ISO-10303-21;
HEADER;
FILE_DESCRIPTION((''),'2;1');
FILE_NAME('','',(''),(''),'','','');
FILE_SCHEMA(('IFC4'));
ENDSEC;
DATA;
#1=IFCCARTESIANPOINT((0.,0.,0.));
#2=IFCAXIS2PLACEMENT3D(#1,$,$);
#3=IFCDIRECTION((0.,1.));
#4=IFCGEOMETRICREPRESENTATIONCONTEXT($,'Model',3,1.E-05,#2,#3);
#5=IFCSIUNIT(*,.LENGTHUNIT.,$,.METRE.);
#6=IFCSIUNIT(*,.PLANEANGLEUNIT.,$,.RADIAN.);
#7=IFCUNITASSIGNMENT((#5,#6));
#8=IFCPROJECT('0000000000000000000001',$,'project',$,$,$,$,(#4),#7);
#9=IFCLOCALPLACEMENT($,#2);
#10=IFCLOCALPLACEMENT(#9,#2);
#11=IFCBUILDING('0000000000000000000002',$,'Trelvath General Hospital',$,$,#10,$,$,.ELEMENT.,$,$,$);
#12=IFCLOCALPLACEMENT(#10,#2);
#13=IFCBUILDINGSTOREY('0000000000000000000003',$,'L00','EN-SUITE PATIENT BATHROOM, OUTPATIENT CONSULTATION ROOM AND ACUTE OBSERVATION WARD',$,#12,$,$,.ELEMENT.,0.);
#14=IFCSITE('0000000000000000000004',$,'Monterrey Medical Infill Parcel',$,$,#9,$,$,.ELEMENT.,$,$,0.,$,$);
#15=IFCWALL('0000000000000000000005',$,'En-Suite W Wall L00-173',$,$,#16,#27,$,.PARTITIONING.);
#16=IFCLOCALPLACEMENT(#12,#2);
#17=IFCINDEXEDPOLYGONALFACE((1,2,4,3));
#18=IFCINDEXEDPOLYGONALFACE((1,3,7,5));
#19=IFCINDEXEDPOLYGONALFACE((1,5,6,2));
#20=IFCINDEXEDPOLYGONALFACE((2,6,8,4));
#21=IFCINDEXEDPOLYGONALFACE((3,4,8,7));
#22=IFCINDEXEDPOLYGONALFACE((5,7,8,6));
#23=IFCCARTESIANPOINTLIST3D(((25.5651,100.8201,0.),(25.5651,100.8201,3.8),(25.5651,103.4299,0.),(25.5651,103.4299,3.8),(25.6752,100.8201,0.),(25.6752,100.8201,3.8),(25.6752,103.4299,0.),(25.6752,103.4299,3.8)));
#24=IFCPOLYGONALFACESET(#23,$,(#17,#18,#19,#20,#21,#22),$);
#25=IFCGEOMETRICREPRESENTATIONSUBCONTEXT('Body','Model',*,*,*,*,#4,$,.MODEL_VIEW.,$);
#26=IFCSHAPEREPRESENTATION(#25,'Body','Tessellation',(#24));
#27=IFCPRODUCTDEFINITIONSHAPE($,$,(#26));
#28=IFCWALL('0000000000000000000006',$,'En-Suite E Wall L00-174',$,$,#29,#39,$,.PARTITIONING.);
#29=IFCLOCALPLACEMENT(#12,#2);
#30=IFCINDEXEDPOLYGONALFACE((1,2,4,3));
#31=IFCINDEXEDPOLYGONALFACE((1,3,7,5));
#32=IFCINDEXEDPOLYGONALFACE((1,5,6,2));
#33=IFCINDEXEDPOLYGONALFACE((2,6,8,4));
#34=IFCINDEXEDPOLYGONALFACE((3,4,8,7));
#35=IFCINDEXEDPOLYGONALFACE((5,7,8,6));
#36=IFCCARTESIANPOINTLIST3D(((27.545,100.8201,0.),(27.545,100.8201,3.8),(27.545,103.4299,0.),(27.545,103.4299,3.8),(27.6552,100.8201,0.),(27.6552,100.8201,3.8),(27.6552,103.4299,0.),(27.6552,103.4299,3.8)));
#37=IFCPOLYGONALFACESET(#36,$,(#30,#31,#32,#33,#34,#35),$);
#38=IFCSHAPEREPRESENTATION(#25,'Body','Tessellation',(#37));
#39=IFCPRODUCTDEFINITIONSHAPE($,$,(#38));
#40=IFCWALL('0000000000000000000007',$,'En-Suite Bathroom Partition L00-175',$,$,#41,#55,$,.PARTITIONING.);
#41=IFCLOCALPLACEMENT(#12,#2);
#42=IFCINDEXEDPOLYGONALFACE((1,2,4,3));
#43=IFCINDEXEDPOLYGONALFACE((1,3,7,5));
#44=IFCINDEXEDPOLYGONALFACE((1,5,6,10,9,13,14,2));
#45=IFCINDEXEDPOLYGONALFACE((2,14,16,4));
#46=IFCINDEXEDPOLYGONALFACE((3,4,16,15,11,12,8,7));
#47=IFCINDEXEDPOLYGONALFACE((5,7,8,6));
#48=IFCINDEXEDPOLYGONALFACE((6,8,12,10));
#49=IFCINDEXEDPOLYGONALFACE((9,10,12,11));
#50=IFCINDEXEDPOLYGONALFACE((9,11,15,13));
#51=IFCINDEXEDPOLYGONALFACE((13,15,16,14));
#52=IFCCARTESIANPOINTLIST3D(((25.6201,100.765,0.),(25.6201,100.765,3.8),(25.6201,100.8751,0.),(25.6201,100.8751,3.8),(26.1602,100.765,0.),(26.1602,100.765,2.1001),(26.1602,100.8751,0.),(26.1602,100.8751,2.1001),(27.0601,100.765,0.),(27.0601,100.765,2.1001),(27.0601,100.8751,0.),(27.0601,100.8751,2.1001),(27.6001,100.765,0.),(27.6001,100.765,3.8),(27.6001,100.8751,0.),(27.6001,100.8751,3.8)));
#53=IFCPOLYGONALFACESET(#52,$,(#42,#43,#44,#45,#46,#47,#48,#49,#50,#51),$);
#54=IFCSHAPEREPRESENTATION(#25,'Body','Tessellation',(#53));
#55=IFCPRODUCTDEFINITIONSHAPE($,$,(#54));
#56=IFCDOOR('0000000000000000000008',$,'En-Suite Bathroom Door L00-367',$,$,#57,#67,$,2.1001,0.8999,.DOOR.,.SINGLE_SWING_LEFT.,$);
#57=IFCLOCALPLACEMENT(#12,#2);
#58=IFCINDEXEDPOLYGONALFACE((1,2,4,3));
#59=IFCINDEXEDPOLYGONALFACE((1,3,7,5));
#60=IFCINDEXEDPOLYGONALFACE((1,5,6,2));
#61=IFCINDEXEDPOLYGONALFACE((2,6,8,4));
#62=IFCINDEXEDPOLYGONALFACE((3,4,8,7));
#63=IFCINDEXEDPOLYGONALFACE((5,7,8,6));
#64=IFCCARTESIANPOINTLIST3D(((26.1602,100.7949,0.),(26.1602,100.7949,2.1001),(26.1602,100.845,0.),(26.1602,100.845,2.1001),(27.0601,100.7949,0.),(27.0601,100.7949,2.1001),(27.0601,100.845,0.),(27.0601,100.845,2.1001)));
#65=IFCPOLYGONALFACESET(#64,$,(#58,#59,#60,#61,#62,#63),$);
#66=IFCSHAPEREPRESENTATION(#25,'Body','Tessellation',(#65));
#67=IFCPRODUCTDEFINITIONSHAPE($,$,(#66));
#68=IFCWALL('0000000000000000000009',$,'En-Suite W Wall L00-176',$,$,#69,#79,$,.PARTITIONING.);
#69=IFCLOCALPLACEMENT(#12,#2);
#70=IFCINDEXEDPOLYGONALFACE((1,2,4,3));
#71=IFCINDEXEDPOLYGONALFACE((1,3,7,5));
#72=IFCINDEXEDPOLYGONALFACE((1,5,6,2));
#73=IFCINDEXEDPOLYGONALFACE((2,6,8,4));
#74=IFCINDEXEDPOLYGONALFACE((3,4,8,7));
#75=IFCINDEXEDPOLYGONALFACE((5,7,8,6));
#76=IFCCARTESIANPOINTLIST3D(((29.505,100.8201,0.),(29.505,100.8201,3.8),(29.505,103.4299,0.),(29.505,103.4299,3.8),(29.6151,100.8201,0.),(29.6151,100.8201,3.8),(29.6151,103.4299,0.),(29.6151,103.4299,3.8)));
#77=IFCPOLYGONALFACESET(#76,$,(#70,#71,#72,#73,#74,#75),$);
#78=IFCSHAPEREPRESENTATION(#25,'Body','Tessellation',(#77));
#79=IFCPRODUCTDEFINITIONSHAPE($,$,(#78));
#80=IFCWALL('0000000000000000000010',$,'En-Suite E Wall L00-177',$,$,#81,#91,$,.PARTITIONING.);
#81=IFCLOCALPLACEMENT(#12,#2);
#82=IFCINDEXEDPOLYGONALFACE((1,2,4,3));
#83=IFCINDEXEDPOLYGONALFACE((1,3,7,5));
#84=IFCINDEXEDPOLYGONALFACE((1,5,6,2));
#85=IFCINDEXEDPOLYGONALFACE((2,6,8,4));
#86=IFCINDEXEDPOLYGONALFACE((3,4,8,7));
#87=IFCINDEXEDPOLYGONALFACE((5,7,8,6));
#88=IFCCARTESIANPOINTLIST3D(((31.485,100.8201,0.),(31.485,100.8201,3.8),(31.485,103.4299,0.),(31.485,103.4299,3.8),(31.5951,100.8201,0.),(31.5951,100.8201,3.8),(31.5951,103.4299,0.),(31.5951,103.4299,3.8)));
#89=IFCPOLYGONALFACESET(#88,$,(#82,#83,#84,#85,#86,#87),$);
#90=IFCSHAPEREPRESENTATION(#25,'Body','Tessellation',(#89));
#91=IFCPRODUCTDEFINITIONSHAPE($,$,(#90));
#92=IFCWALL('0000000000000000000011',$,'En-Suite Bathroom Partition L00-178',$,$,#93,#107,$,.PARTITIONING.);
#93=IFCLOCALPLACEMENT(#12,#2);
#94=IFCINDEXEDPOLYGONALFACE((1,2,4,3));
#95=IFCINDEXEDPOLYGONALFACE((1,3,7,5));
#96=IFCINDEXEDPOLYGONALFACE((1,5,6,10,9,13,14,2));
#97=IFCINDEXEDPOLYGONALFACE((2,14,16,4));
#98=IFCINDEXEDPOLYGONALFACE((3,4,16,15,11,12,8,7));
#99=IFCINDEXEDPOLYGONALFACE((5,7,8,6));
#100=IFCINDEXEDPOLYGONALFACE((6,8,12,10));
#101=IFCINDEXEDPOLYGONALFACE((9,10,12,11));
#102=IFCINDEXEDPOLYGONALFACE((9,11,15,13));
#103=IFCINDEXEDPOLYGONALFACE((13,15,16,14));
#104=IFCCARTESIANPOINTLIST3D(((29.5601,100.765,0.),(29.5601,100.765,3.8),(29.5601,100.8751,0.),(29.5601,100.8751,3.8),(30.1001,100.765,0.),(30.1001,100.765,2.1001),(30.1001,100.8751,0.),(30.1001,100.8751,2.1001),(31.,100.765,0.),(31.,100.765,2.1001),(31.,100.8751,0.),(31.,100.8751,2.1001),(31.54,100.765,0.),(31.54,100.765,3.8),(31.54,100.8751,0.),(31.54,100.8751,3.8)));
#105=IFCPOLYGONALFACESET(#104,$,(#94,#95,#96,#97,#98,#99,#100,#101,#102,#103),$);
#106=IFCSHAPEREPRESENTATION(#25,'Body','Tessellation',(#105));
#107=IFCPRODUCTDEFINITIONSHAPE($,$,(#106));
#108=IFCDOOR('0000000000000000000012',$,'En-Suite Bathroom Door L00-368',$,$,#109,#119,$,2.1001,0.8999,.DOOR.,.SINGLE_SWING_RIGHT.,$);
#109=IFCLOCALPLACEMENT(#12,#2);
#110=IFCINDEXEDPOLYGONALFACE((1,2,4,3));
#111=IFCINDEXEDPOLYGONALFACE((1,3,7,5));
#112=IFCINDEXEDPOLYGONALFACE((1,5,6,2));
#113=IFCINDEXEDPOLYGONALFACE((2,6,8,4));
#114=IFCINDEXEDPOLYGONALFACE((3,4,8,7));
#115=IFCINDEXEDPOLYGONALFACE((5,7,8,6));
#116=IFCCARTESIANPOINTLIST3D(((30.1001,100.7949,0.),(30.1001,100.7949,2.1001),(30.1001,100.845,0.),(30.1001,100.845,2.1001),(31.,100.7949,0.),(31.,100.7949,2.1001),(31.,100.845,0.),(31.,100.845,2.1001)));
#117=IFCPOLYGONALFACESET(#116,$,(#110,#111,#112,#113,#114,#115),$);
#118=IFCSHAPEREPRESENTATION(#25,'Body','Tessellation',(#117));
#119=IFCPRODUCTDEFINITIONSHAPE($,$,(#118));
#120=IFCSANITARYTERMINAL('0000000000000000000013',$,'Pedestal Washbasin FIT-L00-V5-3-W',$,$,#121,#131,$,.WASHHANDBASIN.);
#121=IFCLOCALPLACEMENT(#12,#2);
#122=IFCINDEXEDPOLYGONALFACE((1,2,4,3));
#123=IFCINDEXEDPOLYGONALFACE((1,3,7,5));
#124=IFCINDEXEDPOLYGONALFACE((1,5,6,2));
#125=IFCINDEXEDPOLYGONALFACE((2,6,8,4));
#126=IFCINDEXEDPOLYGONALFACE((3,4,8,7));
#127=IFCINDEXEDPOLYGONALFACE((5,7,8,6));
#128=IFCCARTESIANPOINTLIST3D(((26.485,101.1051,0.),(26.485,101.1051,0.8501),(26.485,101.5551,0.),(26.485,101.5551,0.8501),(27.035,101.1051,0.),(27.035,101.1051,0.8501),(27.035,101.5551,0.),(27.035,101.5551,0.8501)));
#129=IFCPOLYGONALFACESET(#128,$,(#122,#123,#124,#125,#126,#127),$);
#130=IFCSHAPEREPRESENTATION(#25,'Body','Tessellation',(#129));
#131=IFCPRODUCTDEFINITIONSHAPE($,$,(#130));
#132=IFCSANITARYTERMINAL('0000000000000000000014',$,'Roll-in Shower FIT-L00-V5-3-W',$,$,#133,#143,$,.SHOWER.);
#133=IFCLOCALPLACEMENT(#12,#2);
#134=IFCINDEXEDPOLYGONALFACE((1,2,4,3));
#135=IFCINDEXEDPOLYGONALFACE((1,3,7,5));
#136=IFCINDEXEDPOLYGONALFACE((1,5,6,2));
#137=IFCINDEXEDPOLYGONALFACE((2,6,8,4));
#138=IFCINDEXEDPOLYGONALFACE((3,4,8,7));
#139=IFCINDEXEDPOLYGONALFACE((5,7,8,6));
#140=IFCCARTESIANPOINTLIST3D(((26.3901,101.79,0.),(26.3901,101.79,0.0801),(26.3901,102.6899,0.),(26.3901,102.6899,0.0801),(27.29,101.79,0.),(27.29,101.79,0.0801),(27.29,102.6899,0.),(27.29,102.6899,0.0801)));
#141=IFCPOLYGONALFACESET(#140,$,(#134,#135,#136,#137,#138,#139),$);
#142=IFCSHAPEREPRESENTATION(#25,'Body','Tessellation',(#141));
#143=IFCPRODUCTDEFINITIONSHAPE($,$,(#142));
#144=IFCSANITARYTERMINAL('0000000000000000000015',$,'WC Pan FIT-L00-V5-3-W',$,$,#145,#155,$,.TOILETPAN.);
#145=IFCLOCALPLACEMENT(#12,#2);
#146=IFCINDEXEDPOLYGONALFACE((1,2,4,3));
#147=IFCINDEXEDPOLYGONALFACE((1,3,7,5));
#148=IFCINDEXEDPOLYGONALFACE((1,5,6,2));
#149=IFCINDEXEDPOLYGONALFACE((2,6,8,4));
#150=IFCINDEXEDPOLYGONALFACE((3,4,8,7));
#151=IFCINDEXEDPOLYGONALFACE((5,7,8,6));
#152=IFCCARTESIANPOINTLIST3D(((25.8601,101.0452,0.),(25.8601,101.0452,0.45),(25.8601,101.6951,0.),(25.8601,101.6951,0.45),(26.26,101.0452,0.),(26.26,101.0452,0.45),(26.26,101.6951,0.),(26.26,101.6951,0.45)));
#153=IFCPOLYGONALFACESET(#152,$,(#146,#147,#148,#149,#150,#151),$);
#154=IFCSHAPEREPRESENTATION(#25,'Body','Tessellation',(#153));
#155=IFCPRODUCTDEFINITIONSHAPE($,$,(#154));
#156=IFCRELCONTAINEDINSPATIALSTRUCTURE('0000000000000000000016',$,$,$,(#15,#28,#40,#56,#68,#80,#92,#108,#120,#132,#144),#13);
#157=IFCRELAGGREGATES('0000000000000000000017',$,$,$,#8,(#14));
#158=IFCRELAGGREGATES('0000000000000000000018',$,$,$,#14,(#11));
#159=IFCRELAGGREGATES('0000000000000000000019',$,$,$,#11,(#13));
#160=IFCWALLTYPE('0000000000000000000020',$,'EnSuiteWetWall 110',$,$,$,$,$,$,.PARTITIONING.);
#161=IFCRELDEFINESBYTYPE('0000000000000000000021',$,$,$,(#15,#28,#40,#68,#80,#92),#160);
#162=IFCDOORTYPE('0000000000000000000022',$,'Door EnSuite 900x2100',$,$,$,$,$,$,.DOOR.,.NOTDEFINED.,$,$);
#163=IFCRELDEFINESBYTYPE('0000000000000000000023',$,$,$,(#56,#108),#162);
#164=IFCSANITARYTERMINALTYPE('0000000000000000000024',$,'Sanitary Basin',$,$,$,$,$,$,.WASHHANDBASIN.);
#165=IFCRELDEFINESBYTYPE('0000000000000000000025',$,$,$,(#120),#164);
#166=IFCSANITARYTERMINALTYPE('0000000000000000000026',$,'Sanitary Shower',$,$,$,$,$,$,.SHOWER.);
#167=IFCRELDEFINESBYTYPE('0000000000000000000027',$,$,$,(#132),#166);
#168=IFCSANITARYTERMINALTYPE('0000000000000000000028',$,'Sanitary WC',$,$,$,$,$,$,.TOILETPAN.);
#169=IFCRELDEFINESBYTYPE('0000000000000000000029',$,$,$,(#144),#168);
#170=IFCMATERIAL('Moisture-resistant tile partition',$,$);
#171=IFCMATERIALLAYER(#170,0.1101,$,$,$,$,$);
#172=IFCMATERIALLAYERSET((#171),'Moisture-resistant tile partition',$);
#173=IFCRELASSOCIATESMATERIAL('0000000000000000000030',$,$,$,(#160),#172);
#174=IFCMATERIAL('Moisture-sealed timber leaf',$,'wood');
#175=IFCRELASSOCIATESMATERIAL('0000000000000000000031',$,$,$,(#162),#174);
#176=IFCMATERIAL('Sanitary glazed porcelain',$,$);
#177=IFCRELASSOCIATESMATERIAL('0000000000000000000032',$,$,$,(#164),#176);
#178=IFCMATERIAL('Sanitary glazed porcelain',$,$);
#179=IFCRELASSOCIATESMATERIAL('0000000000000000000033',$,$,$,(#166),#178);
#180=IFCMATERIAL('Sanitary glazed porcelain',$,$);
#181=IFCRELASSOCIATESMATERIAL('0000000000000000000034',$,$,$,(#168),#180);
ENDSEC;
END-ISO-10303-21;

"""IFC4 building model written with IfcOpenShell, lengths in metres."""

from ifc_helpers import new_model, si_unit, direction, frame, frame_2d, origin, origin_2d, place, context, subcontext, project, spatial, rectangle, extrude, material, layer, layer_set, type_object, element, fill, save


model = new_model("IFC4")

# Units and contexts
model_context = context("Model", 3, precision=1e-05, world=origin(), true_north=direction((0.0, 1.0)))
body_context = subcontext(model_context, "Body", "Model", "MODEL_VIEW")
ifc_project = project(units=[si_unit("LENGTHUNIT", "METRE"), si_unit("PLANEANGLEUNIT", "RADIAN")], contexts=[model_context])

# Site, building, storey
site_placement = place(None, origin())
site = spatial("IfcSite", under=ifc_project, at=site_placement, Name="Monterrey Medical Infill Parcel", CompositionType="ELEMENT", RefElevation=0.0)
building_placement = place(site_placement, origin())
building = spatial("IfcBuilding", under=site, at=building_placement, Name="Trelvath General Hospital", CompositionType="ELEMENT")
storey_placement = place(building_placement, origin())
storey = spatial("IfcBuildingStorey", under=building, at=storey_placement, Name="L00", Description="EN-SUITE PATIENT BATHROOM, OUTPATIENT CONSULTATION ROOM AND ACUTE OBSERVATION WARD", CompositionType="ELEMENT", Elevation=0.0)

# Walls
ifc_material_1 = material(Name="Moisture-resistant tile partition")
ifc_layer_1 = layer(ifc_material_1, 0.1101)
ifc_layer_set_1 = layer_set([ifc_layer_1], Name="Moisture-resistant tile partition")
wall_type_1 = type_object("IfcWallType", Name="EnSuiteWetWall 110", PredefinedType="PARTITIONING", material=ifc_layer_set_1)
for number, where, z_axis, x_axis, name in (
    (1, (25.6201, 100.8201, 0.0), (0.0, 0.0, 1.0), (0.0, 1.0, 0.0), "En-Suite W Wall L00-173"),
    (2, (27.6001, 100.8201, 0.0), (0.0, 0.0, 1.0), (0.0, 1.0, 0.0), "En-Suite E Wall L00-174"),
):
    element("IfcWall", number, at=place(storey_placement, frame(where, z_axis=z_axis, x_axis=x_axis)), inside=storey, type_object=wall_type_1, Name=name, PredefinedType="PARTITIONING", context=body_context, shape_type="SweptSolid", body=[
        extrude(rectangle(XDim=2.6099, YDim=0.1101, at=frame_2d((1.3049, 0.0))), origin(), (0.0, 0.0, 1.0), 3.8),
    ])

# Wall, opening, door
wall_1_placement = place(storey_placement, frame((25.6201, 100.8201, 0.0), z_axis=(0.0, 0.0, 1.0), x_axis=(1.0, 0.0, 0.0)))
wall_1 = element("IfcWall", 3, at=wall_1_placement, inside=storey, type_object=wall_type_1, Name="En-Suite Bathroom Partition L00-175", PredefinedType="PARTITIONING", context=body_context, shape_type="SweptSolid", body=[
    extrude(rectangle(XDim=1.98, YDim=0.1101, at=frame_2d((0.99, 0.0))), origin(), (0.0, 0.0, 1.0), 3.8),
])
opening_1_placement = place(wall_1_placement, frame((0.54, 0.0, 0.0)))
opening_1 = element("IfcOpeningElement", 4, at=opening_1_placement, cuts=wall_1, PredefinedType="OPENING", context=body_context, shape_type="SweptSolid", body=[
    extrude(rectangle(XDim=0.8999, YDim=2.1001, at=frame_2d((0.45, 1.05))), frame((0.0, 0.0649, 0.0), z_axis=(0.0, -1.0, 0.0), x_axis=(1.0, 0.0, 0.0)), (0.0, 0.0, 1.0), 0.1301),
])
ifc_material_2 = material(Name="Moisture-sealed timber leaf", Category="wood")
door_type_1 = type_object("IfcDoorType", Name="Door EnSuite 900x2100", OperationType="NOTDEFINED", PredefinedType="DOOR", material=ifc_material_2)
door_1_placement = place(opening_1_placement, origin())
door_1 = element("IfcDoor", 5, at=door_1_placement, inside=storey, type_object=door_type_1, Name="En-Suite Bathroom Door L00-367", OperationType="SINGLE_SWING_LEFT", OverallHeight=2.1001, OverallWidth=0.8999, PredefinedType="DOOR", context=body_context, shape_type="SweptSolid", body=[
    extrude(rectangle(XDim=0.8999, YDim=2.1001, at=frame_2d((0.45, 1.05))), frame((0.0, 0.0249, 0.0), z_axis=(0.0, -1.0, 0.0), x_axis=(1.0, 0.0, 0.0)), (0.0, 0.0, 1.0), 0.05),
])
fill(opening_1, door_1)

# Walls
for number, where, z_axis, x_axis, name in (
    (6, (29.5601, 100.8201, 0.0), (0.0, 0.0, 1.0), (0.0, 1.0, 0.0), "En-Suite W Wall L00-176"),
    (7, (31.54, 100.8201, 0.0), (0.0, 0.0, 1.0), (0.0, 1.0, 0.0), "En-Suite E Wall L00-177"),
):
    element("IfcWall", number, at=place(storey_placement, frame(where, z_axis=z_axis, x_axis=x_axis)), inside=storey, type_object=wall_type_1, Name=name, PredefinedType="PARTITIONING", context=body_context, shape_type="SweptSolid", body=[
        extrude(rectangle(XDim=2.6099, YDim=0.1101, at=frame_2d((1.3049, 0.0))), origin(), (0.0, 0.0, 1.0), 3.8),
    ])

# Wall, opening, door
wall_2_placement = place(storey_placement, frame((29.5601, 100.8201, 0.0), z_axis=(0.0, 0.0, 1.0), x_axis=(1.0, 0.0, 0.0)))
wall_2 = element("IfcWall", 8, at=wall_2_placement, inside=storey, type_object=wall_type_1, Name="En-Suite Bathroom Partition L00-178", PredefinedType="PARTITIONING", context=body_context, shape_type="SweptSolid", body=[
    extrude(rectangle(XDim=1.98, YDim=0.1101, at=frame_2d((0.99, 0.0))), origin(), (0.0, 0.0, 1.0), 3.8),
])
opening_2_placement = place(wall_2_placement, frame((0.54, 0.0, 0.0)))
opening_2 = element("IfcOpeningElement", 9, at=opening_2_placement, cuts=wall_2, PredefinedType="OPENING", context=body_context, shape_type="SweptSolid", body=[
    extrude(rectangle(XDim=0.8999, YDim=2.1001, at=frame_2d((0.45, 1.05))), frame((0.0, 0.0649, 0.0), z_axis=(0.0, -1.0, 0.0), x_axis=(1.0, 0.0, 0.0)), (0.0, 0.0, 1.0), 0.1301),
])
door_2_placement = place(opening_2_placement, origin())
door_2 = element("IfcDoor", 10, at=door_2_placement, inside=storey, type_object=door_type_1, Name="En-Suite Bathroom Door L00-368", OperationType="SINGLE_SWING_RIGHT", OverallHeight=2.1001, OverallWidth=0.8999, PredefinedType="DOOR", context=body_context, shape_type="SweptSolid", body=[
    extrude(rectangle(XDim=0.8999, YDim=2.1001, at=frame_2d((0.45, 1.05))), frame((0.0, 0.0249, 0.0), z_axis=(0.0, -1.0, 0.0), x_axis=(1.0, 0.0, 0.0)), (0.0, 0.0, 1.0), 0.05),
])
fill(opening_2, door_2)

# Sanitary terminals
ifc_material_3 = material(Name="Sanitary glazed porcelain")
sanitary_terminal_type_1 = type_object("IfcSanitaryTerminalType", Name="Sanitary Basin", PredefinedType="WASHHANDBASIN", material=ifc_material_3)
sanitary_terminal_1_placement = place(storey_placement, frame((26.76, 101.3301, 0.0), z_axis=(0.0, 0.0, 1.0), x_axis=(1.0, 0.0, 0.0)))
element("IfcSanitaryTerminal", 11, at=sanitary_terminal_1_placement, inside=storey, type_object=sanitary_terminal_type_1, Name="Pedestal Washbasin FIT-L00-V5-3-W", PredefinedType="WASHHANDBASIN", context=body_context, shape_type="SweptSolid", body=[
    extrude(rectangle(XDim=0.55, YDim=0.45, at=origin_2d()), origin(), (0.0, 0.0, 1.0), 0.8501),
])
ifc_material_4 = material(Name="Sanitary glazed porcelain")
sanitary_terminal_type_2 = type_object("IfcSanitaryTerminalType", Name="Sanitary Shower", PredefinedType="SHOWER", material=ifc_material_4)
sanitary_terminal_2_placement = place(storey_placement, frame((26.8401, 102.24, 0.0), z_axis=(0.0, 0.0, 1.0), x_axis=(1.0, 0.0, 0.0)))
element("IfcSanitaryTerminal", 12, at=sanitary_terminal_2_placement, inside=storey, type_object=sanitary_terminal_type_2, Name="Roll-in Shower FIT-L00-V5-3-W", PredefinedType="SHOWER", context=body_context, shape_type="SweptSolid", body=[
    extrude(rectangle(XDim=0.8999, YDim=0.8999, at=origin_2d()), origin(), (0.0, 0.0, 1.0), 0.0801),
])
ifc_material_5 = material(Name="Sanitary glazed porcelain")
sanitary_terminal_type_3 = type_object("IfcSanitaryTerminalType", Name="Sanitary WC", PredefinedType="TOILETPAN", material=ifc_material_5)
sanitary_terminal_3_placement = place(storey_placement, frame((26.0601, 101.3701, 0.0), z_axis=(0.0, 0.0, 1.0), x_axis=(1.0, 0.0, 0.0)))
element("IfcSanitaryTerminal", 13, at=sanitary_terminal_3_placement, inside=storey, type_object=sanitary_terminal_type_3, Name="WC Pan FIT-L00-V5-3-W", PredefinedType="TOILETPAN", context=body_context, shape_type="SweptSolid", body=[
    extrude(rectangle(XDim=0.3999, YDim=0.6499, at=origin_2d()), origin(), (0.0, 0.0, 1.0), 0.45),
])

save(model, "model.ifc")
